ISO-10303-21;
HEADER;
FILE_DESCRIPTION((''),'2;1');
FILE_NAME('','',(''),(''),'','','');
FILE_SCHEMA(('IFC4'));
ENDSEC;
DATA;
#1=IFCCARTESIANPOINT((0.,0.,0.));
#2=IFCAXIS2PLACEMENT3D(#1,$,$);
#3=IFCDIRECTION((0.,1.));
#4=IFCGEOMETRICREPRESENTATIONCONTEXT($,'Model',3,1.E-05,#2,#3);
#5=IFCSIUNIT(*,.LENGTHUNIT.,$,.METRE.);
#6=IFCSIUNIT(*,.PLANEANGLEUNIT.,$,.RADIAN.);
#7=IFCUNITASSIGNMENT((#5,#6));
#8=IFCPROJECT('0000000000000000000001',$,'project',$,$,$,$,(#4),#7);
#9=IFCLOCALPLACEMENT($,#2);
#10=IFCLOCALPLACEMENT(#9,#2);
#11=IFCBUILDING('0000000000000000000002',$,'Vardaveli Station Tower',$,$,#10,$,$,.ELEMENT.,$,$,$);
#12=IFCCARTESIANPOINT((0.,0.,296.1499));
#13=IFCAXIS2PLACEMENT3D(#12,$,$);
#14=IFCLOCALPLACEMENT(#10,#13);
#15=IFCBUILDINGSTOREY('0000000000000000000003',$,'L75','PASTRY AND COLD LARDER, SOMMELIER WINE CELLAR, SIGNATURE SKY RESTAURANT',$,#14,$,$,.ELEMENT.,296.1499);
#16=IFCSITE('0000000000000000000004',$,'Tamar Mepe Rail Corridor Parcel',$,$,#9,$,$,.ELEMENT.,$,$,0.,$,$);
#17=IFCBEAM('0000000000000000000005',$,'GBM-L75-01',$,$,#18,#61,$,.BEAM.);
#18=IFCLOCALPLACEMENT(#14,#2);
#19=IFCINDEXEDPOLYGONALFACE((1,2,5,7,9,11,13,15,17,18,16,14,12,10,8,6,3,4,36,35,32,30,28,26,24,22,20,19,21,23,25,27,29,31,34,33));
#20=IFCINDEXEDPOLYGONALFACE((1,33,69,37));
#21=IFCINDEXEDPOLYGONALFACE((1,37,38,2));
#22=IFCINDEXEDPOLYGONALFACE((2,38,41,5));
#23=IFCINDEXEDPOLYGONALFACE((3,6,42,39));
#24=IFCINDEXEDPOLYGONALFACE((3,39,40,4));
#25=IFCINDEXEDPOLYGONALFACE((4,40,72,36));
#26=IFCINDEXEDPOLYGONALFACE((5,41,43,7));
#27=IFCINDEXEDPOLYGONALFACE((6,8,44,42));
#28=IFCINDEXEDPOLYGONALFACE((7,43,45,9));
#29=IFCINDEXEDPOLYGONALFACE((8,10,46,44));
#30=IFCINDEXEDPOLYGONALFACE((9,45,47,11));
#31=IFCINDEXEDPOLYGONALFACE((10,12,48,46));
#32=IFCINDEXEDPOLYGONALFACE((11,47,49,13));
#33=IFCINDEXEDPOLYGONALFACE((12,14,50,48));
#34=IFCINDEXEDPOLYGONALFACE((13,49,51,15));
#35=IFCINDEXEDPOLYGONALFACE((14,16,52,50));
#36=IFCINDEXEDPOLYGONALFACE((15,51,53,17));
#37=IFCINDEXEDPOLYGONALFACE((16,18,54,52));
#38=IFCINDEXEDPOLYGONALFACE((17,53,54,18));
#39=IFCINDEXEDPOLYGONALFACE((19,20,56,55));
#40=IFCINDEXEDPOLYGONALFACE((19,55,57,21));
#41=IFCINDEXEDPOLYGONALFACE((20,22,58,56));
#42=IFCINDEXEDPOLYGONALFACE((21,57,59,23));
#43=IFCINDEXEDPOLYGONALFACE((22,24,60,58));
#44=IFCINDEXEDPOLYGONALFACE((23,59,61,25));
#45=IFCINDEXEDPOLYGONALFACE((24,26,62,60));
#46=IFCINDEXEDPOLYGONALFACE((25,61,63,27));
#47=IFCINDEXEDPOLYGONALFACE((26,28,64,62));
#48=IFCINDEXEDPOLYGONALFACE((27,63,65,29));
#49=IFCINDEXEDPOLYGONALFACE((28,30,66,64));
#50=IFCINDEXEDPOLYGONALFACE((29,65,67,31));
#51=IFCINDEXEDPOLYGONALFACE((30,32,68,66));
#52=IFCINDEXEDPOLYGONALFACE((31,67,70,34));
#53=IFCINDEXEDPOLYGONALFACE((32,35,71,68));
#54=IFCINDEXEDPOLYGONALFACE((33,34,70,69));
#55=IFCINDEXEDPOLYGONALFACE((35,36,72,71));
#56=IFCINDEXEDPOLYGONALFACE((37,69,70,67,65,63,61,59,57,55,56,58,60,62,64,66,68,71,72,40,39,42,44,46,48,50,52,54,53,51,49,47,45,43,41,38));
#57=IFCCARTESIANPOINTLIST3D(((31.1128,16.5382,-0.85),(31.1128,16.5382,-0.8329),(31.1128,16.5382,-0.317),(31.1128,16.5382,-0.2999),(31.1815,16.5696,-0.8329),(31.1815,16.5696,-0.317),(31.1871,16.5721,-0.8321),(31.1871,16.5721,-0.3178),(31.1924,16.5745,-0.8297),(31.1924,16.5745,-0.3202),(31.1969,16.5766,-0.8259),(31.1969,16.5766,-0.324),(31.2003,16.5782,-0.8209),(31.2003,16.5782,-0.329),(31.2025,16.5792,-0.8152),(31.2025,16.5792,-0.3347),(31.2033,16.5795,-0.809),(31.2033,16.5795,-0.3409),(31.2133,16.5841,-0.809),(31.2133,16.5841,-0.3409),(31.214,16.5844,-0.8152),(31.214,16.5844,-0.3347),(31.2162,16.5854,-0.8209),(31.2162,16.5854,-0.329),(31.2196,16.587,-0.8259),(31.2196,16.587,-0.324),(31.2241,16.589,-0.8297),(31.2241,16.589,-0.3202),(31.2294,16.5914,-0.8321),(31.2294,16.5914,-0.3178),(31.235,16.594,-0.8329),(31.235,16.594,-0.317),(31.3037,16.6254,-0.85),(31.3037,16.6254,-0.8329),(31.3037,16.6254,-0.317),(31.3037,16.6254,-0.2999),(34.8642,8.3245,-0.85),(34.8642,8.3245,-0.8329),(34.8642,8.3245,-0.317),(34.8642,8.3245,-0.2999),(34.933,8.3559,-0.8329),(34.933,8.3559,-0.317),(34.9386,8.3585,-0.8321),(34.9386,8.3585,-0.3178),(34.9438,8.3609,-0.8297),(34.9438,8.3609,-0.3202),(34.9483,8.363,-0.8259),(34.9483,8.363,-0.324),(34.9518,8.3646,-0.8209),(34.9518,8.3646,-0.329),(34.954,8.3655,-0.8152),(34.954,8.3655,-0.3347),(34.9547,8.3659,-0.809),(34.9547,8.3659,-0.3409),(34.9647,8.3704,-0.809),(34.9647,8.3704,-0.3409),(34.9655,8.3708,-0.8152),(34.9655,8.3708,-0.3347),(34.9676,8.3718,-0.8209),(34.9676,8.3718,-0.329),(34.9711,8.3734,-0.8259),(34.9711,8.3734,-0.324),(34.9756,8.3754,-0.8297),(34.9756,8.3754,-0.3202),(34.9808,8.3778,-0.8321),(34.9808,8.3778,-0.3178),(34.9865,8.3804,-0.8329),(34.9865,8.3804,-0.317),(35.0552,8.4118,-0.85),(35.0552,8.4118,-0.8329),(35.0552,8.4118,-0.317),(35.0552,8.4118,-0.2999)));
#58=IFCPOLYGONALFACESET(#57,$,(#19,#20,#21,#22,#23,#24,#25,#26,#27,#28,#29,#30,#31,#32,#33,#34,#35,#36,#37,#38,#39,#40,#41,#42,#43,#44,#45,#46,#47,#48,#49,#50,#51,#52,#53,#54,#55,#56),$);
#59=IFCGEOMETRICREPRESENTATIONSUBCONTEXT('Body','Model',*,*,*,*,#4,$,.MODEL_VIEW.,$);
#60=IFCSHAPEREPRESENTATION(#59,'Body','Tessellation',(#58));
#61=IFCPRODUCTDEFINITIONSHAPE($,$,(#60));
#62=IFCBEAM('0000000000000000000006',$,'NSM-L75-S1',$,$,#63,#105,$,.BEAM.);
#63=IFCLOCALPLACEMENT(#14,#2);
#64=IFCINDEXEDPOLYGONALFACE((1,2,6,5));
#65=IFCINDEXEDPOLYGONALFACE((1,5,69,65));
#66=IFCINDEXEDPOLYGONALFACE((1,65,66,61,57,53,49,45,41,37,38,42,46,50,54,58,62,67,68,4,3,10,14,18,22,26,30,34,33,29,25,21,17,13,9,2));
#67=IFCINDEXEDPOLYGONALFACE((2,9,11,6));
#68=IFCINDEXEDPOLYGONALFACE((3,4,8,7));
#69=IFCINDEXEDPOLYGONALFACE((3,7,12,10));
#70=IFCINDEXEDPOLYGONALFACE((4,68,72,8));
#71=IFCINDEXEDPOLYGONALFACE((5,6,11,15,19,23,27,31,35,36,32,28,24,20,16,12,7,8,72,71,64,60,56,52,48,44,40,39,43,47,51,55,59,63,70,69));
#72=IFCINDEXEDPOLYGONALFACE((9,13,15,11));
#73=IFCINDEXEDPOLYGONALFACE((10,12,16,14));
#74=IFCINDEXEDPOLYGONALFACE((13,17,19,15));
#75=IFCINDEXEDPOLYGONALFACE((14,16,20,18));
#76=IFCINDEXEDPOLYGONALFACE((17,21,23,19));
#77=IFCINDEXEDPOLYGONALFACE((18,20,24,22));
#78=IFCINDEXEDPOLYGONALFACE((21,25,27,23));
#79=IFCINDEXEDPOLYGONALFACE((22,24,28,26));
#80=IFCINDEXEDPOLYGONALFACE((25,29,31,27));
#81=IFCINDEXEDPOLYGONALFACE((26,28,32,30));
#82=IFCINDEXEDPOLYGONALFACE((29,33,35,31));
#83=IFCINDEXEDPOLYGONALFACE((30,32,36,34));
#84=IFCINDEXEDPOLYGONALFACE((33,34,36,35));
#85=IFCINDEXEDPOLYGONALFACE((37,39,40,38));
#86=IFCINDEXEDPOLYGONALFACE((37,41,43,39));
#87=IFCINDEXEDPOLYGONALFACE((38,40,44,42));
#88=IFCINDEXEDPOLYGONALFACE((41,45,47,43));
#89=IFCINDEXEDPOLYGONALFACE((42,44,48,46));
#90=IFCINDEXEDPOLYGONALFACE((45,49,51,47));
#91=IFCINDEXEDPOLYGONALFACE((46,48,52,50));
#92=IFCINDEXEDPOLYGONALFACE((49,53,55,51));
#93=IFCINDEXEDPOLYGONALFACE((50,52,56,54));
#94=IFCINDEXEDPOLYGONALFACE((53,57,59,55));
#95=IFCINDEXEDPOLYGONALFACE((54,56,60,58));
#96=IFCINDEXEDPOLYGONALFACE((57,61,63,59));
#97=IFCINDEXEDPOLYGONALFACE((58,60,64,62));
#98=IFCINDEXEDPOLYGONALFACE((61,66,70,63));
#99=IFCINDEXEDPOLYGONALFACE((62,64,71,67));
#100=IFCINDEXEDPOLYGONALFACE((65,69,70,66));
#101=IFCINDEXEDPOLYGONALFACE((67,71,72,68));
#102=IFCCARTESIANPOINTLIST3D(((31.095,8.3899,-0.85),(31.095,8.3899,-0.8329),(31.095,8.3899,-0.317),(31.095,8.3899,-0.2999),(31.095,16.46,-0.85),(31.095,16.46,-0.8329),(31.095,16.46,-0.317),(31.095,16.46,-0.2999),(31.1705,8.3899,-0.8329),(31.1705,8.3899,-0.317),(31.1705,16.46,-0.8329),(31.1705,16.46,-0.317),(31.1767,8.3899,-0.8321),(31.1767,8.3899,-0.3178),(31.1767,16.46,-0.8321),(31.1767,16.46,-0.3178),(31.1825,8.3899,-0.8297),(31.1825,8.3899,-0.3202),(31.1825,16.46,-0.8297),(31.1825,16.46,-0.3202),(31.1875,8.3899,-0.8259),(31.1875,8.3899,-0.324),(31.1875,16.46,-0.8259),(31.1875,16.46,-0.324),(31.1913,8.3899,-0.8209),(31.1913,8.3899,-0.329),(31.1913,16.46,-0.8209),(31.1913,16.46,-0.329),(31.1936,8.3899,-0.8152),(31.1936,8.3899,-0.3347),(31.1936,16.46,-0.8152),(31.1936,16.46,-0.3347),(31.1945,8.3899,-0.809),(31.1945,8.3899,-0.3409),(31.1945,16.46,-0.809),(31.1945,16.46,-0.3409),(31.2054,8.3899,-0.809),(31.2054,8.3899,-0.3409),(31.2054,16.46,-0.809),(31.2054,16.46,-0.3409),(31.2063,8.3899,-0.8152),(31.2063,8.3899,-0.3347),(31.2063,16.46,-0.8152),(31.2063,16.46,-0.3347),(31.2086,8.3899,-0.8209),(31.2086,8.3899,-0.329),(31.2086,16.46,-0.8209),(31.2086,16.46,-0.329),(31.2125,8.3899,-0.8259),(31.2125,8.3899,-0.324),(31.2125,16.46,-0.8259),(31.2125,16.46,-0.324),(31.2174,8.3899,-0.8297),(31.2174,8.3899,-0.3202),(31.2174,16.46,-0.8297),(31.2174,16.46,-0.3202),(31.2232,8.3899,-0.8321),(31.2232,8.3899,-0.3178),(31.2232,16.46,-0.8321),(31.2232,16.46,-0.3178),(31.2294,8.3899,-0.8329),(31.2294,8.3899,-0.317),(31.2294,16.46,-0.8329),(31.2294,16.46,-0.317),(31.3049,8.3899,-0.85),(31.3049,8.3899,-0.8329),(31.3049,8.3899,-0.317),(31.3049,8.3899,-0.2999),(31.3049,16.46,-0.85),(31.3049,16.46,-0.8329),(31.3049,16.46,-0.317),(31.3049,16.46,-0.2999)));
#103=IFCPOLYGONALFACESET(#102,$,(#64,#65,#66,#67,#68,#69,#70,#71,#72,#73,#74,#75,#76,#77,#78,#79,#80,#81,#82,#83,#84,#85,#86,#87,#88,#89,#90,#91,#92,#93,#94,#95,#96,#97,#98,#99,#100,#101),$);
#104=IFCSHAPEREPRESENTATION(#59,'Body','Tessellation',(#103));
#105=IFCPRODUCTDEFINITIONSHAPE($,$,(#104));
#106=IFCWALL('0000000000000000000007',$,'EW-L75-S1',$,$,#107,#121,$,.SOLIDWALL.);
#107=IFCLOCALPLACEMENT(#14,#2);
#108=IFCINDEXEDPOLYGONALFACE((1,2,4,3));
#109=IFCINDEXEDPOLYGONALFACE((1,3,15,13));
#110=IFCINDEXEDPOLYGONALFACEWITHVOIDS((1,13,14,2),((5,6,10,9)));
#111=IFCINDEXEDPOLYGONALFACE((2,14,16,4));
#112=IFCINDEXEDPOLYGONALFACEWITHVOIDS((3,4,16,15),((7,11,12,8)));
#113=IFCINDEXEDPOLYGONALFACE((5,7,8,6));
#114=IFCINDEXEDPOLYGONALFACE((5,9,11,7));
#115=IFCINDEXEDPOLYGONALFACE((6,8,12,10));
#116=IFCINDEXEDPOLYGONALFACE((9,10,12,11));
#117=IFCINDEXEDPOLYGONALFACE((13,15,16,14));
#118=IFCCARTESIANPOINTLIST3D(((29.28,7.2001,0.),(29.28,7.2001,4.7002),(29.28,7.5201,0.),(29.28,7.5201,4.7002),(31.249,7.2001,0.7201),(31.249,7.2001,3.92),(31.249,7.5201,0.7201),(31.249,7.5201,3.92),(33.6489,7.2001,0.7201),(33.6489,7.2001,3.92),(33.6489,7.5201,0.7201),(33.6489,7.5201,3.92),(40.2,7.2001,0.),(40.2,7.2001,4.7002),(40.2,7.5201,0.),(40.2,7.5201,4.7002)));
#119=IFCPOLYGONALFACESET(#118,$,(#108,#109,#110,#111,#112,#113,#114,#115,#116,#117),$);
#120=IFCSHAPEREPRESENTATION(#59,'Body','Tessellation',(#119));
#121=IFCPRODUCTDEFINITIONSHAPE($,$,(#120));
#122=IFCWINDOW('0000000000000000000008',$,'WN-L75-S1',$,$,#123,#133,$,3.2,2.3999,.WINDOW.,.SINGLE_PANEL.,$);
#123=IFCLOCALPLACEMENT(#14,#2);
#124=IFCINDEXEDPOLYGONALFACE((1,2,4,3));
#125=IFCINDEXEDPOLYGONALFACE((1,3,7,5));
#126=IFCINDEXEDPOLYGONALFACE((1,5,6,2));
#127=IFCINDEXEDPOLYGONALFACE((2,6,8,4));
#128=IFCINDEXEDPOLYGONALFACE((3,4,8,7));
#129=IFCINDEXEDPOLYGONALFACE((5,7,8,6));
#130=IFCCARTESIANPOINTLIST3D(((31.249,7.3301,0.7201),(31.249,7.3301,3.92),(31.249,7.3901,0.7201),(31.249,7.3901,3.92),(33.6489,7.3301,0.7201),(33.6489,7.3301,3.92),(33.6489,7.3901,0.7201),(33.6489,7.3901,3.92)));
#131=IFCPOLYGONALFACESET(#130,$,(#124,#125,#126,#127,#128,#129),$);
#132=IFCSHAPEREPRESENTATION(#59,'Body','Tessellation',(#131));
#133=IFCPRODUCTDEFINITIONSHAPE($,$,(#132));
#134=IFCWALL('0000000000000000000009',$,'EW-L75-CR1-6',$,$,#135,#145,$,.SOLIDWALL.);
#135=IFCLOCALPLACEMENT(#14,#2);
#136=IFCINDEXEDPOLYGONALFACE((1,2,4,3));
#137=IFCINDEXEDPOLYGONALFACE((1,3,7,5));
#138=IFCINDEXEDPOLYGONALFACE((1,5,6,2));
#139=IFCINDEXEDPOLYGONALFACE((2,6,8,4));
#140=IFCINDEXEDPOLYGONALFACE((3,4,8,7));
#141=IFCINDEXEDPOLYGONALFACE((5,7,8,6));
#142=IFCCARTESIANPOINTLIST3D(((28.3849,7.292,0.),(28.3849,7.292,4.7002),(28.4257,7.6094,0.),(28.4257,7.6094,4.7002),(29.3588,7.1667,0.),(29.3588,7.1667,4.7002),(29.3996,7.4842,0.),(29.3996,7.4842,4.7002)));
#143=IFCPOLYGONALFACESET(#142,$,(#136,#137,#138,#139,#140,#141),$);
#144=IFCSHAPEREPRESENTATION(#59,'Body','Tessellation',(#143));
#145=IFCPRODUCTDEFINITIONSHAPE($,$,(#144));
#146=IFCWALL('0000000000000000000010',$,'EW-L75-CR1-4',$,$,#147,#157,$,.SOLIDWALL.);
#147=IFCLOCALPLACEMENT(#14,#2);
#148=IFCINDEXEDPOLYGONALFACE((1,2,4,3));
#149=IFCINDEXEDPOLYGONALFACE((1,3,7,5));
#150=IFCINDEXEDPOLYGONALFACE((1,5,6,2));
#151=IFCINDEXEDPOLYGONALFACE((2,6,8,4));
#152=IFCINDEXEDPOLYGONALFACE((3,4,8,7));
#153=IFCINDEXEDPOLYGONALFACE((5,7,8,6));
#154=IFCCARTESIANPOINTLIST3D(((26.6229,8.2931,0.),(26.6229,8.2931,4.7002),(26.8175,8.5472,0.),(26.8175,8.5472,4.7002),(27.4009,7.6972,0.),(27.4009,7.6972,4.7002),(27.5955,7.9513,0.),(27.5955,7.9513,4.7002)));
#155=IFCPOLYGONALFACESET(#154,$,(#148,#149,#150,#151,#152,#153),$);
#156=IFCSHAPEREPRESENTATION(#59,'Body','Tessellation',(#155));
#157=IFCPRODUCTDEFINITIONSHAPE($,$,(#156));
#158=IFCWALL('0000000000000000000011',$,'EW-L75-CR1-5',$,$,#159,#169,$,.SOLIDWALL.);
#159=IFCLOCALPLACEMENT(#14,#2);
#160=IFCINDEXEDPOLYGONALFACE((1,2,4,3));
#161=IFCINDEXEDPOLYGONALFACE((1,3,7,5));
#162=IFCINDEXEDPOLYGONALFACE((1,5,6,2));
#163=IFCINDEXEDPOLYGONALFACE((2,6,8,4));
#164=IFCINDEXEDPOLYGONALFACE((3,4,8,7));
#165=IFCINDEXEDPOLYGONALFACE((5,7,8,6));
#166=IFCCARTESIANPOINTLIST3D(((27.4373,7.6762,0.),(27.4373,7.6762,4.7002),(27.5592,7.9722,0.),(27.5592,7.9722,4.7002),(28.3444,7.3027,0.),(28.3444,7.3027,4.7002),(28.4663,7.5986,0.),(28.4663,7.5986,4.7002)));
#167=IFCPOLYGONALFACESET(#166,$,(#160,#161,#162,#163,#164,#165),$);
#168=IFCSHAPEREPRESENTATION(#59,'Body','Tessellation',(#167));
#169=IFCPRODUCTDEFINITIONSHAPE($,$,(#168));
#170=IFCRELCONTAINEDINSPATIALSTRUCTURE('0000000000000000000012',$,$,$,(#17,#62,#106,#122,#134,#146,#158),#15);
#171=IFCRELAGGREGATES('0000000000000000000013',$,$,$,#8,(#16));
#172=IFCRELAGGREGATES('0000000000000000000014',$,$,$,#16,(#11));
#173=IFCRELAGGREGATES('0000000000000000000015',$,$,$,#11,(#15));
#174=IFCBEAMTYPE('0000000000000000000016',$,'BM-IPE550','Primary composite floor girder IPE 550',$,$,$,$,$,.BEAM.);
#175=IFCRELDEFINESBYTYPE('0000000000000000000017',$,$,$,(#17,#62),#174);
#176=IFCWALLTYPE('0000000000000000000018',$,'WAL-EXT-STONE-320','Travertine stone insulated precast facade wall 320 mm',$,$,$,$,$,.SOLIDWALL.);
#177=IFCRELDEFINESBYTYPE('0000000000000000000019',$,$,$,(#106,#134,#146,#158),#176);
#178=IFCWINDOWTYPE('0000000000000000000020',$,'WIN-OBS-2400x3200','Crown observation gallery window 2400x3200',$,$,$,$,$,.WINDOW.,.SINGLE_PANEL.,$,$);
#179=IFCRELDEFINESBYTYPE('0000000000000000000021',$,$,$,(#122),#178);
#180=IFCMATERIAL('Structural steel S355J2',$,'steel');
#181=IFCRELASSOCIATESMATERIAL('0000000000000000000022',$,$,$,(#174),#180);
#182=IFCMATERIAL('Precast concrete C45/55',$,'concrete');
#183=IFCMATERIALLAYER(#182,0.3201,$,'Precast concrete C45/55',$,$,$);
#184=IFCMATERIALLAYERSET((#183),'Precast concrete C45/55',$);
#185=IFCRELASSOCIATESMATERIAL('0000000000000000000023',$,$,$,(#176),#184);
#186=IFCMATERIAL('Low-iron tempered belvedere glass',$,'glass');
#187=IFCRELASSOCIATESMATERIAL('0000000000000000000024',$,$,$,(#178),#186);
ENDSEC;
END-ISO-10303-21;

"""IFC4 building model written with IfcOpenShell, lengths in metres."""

from ifc_helpers import new_model, si_unit, direction, frame, frame_2d, origin, origin_2d, place, context, subcontext, project, spatial, rectangle, i_section, extrude, source, transform, mapped, material, layer, layer_set, material_profile, profile_set, type_object, element, fill, save


model = new_model("IFC4")

# Units and contexts
model_context = context("Model", 3, precision=1e-05, world=origin(), true_north=direction((0.0, 1.0)))
body_context = subcontext(model_context, "Body", "Model", "MODEL_VIEW")
ifc_project = project(units=[si_unit("LENGTHUNIT", "METRE"), si_unit("PLANEANGLEUNIT", "RADIAN")], contexts=[model_context])

# Site, building, storey
site_placement = place(None, origin())
site = spatial("IfcSite", under=ifc_project, at=site_placement, Name="Tamar Mepe Rail Corridor Parcel", CompositionType="ELEMENT", RefElevation=0.0)
building_placement = place(site_placement, origin())
building = spatial("IfcBuilding", under=site, at=building_placement, Name="Vardaveli Station Tower", CompositionType="ELEMENT")
storey_placement = place(building_placement, frame((0.0, 0.0, 296.1499)))
storey = spatial("IfcBuildingStorey", under=building, at=storey_placement, Name="L75", Description="PASTRY AND COLD LARDER, SOMMELIER WINE CELLAR, SIGNATURE SKY RESTAURANT", CompositionType="ELEMENT", Elevation=296.1499)

# Shared definitions
ifc_material_1 = material(Name="Structural steel S355J2", Category="steel")

# Beams
ifc_material_2 = material(Name="Precast concrete C45/55", Category="concrete")
ifc_material_profile_1 = material_profile(ifc_material_1, i_section(OverallWidth=0.21, OverallDepth=0.55, WebThickness=0.011, FlangeThickness=0.0171, FilletRadius=0.0239, at=origin_2d()), Name="IPE 550")
ifc_profile_set_1 = profile_set([ifc_material_profile_1], Name="Structural steel S355J2")
beam_type_1 = type_object("IfcBeamType", Name="BM-IPE550", Description="Primary composite floor girder IPE 550", PredefinedType="BEAM", material=ifc_profile_set_1)
shared_shape_1 = source(origin(), body_context, "Body", "SweptSolid", [
    extrude(i_section(OverallWidth=0.21, OverallDepth=0.55, WebThickness=0.011, FlangeThickness=0.0171, FilletRadius=0.0239, at=origin_2d()), origin(), (0.0, 0.0, 1.0), 9.0298),
])
beam_1_placement = place(storey_placement, frame((34.9597, 8.3682, -0.575), z_axis=(-0.415454, 0.909614, 0.0), x_axis=(-0.909614, -0.415454, 0.0)))
element("IfcBeam", 1, at=beam_1_placement, inside=storey, type_object=beam_type_1, Name="GBM-L75-01", PredefinedType="BEAM", context=body_context, shape_type="MappedRepresentation", body=[
    mapped(shared_shape_1, transform((0.0, 0.0, 0.0), scale=1.0)),
])
shared_shape_2 = source(origin(), body_context, "Body", "SweptSolid", [
    extrude(i_section(OverallWidth=0.21, OverallDepth=0.55, WebThickness=0.011, FlangeThickness=0.0171, FilletRadius=0.0239, at=origin_2d()), origin(), (0.0, 0.0, 1.0), 8.0701),
])
beam_2_placement = place(storey_placement, frame((31.2, 8.3899, -0.575), z_axis=(0.0, 1.0, 0.0), x_axis=(-1.0, 0.0, 0.0)))
element("IfcBeam", 2, at=beam_2_placement, inside=storey, type_object=beam_type_1, Name="NSM-L75-S1", PredefinedType="BEAM", context=body_context, shape_type="MappedRepresentation", body=[
    mapped(shared_shape_2, transform((0.0, 0.0, 0.0), scale=1.0)),
])

# Wall, opening, window
ifc_layer_1 = layer(ifc_material_2, 0.3201, Name="Precast concrete C45/55")
ifc_layer_set_1 = layer_set([ifc_layer_1], Name="Precast concrete C45/55")
wall_type_1 = type_object("IfcWallType", Name="WAL-EXT-STONE-320", Description="Travertine stone insulated precast facade wall 320 mm", PredefinedType="SOLIDWALL", material=ifc_layer_set_1)
shared_shape_3 = source(origin(), body_context, "Body", "SweptSolid", [
    extrude(rectangle(XDim=10.9199, YDim=0.3201, at=frame_2d((5.46, 0.0))), origin(), (0.0, 0.0, 1.0), 4.7002),
])
wall_1_placement = place(storey_placement, frame((29.28, 7.3601, 0.0), z_axis=(0.0, 0.0, 1.0), x_axis=(1.0, 0.0, 0.0)))
wall_1 = element("IfcWall", 3, at=wall_1_placement, inside=storey, type_object=wall_type_1, Name="EW-L75-S1", PredefinedType="SOLIDWALL", context=body_context, shape_type="MappedRepresentation", body=[
    mapped(shared_shape_3, transform((0.0, 0.0, 0.0), scale=1.0)),
])
shared_shape_4 = source(origin(), body_context, "Body", "SweptSolid", [
    extrude(rectangle(XDim=2.3999, YDim=3.2, at=frame_2d((1.2, 1.6001))), frame((0.0, 0.1699, 0.0), z_axis=(0.0, -1.0, 0.0), x_axis=(1.0, 0.0, 0.0)), (0.0, 0.0, 1.0), 0.3401),
])
opening_placement = place(wall_1_placement, frame((1.969, 0.0, 0.72)))
opening = element("IfcOpeningElement", 4, at=opening_placement, cuts=wall_1, PredefinedType="OPENING", context=body_context, shape_type="MappedRepresentation", body=[
    mapped(shared_shape_4, transform((0.0, 0.0, 0.0), scale=1.0)),
])
ifc_material_3 = material(Name="Low-iron tempered belvedere glass", Category="glass")
window_type = type_object("IfcWindowType", Name="WIN-OBS-2400x3200", Description="Crown observation gallery window 2400x3200", PartitioningType="SINGLE_PANEL", PredefinedType="WINDOW", material=ifc_material_3)
shared_shape_5 = source(origin(), body_context, "Body", "SweptSolid", [
    extrude(rectangle(XDim=2.3999, YDim=3.2, at=frame_2d((1.2, 1.6001))), frame((0.0, 0.03, 0.0), z_axis=(0.0, -1.0, 0.0), x_axis=(1.0, 0.0, 0.0)), (0.0, 0.0, 1.0), 0.0601),
])
window_placement = place(opening_placement, origin())
window = element("IfcWindow", 5, at=window_placement, inside=storey, type_object=window_type, Name="WN-L75-S1", OverallHeight=3.2, OverallWidth=2.3999, PartitioningType="SINGLE_PANEL", PredefinedType="WINDOW", context=body_context, shape_type="MappedRepresentation", body=[
    mapped(shared_shape_5, transform((0.0, 0.0, 0.0), scale=1.0)),
])
fill(opening, window)

# Walls
shared_shape_6 = source(origin(), body_context, "Body", "SweptSolid", [
    extrude(rectangle(XDim=0.9819, YDim=0.3201, at=frame_2d((0.491, 0.0))), origin(), (0.0, 0.0, 1.0), 4.7002),
])
wall_2_placement = place(storey_placement, frame((28.4053, 7.4507, 0.0), z_axis=(0.0, 0.0, 1.0), x_axis=(0.991832, -0.127553, 0.0)))
element("IfcWall", 6, at=wall_2_placement, inside=storey, type_object=wall_type_1, Name="EW-L75-CR1-6", PredefinedType="SOLIDWALL", context=body_context, shape_type="MappedRepresentation", body=[
    mapped(shared_shape_6, transform((0.0, 0.0, 0.0), scale=1.0)),
])
shared_shape_7 = source(origin(), body_context, "Body", "SweptSolid", [
    extrude(rectangle(XDim=0.98, YDim=0.3201, at=frame_2d((0.49, 0.0))), origin(), (0.0, 0.0, 1.0), 4.7002),
])
wall_3_placement = place(storey_placement, frame((26.7202, 8.4202, 0.0), z_axis=(0.0, 0.0, 1.0), x_axis=(0.793891, -0.60806, 0.0)))
element("IfcWall", 7, at=wall_3_placement, inside=storey, type_object=wall_type_1, Name="EW-L75-CR1-4", PredefinedType="SOLIDWALL", context=body_context, shape_type="MappedRepresentation", body=[
    mapped(shared_shape_7, transform((0.0, 0.0, 0.0), scale=1.0)),
])
shared_shape_8 = source(origin(), body_context, "Body", "SweptSolid", [
    extrude(rectangle(XDim=0.981, YDim=0.3201, at=frame_2d((0.4905, 0.0))), origin(), (0.0, 0.0, 1.0), 4.7002),
])
wall_4_placement = place(storey_placement, frame((27.4983, 7.8242, 0.0), z_axis=(0.0, 0.0, 1.0), x_axis=(0.924652, -0.380812, 0.0)))
element("IfcWall", 8, at=wall_4_placement, inside=storey, type_object=wall_type_1, Name="EW-L75-CR1-5", PredefinedType="SOLIDWALL", context=body_context, shape_type="MappedRepresentation", body=[
    mapped(shared_shape_8, transform((0.0, 0.0, 0.0), scale=1.0)),
])

save(model, "model.ifc")
